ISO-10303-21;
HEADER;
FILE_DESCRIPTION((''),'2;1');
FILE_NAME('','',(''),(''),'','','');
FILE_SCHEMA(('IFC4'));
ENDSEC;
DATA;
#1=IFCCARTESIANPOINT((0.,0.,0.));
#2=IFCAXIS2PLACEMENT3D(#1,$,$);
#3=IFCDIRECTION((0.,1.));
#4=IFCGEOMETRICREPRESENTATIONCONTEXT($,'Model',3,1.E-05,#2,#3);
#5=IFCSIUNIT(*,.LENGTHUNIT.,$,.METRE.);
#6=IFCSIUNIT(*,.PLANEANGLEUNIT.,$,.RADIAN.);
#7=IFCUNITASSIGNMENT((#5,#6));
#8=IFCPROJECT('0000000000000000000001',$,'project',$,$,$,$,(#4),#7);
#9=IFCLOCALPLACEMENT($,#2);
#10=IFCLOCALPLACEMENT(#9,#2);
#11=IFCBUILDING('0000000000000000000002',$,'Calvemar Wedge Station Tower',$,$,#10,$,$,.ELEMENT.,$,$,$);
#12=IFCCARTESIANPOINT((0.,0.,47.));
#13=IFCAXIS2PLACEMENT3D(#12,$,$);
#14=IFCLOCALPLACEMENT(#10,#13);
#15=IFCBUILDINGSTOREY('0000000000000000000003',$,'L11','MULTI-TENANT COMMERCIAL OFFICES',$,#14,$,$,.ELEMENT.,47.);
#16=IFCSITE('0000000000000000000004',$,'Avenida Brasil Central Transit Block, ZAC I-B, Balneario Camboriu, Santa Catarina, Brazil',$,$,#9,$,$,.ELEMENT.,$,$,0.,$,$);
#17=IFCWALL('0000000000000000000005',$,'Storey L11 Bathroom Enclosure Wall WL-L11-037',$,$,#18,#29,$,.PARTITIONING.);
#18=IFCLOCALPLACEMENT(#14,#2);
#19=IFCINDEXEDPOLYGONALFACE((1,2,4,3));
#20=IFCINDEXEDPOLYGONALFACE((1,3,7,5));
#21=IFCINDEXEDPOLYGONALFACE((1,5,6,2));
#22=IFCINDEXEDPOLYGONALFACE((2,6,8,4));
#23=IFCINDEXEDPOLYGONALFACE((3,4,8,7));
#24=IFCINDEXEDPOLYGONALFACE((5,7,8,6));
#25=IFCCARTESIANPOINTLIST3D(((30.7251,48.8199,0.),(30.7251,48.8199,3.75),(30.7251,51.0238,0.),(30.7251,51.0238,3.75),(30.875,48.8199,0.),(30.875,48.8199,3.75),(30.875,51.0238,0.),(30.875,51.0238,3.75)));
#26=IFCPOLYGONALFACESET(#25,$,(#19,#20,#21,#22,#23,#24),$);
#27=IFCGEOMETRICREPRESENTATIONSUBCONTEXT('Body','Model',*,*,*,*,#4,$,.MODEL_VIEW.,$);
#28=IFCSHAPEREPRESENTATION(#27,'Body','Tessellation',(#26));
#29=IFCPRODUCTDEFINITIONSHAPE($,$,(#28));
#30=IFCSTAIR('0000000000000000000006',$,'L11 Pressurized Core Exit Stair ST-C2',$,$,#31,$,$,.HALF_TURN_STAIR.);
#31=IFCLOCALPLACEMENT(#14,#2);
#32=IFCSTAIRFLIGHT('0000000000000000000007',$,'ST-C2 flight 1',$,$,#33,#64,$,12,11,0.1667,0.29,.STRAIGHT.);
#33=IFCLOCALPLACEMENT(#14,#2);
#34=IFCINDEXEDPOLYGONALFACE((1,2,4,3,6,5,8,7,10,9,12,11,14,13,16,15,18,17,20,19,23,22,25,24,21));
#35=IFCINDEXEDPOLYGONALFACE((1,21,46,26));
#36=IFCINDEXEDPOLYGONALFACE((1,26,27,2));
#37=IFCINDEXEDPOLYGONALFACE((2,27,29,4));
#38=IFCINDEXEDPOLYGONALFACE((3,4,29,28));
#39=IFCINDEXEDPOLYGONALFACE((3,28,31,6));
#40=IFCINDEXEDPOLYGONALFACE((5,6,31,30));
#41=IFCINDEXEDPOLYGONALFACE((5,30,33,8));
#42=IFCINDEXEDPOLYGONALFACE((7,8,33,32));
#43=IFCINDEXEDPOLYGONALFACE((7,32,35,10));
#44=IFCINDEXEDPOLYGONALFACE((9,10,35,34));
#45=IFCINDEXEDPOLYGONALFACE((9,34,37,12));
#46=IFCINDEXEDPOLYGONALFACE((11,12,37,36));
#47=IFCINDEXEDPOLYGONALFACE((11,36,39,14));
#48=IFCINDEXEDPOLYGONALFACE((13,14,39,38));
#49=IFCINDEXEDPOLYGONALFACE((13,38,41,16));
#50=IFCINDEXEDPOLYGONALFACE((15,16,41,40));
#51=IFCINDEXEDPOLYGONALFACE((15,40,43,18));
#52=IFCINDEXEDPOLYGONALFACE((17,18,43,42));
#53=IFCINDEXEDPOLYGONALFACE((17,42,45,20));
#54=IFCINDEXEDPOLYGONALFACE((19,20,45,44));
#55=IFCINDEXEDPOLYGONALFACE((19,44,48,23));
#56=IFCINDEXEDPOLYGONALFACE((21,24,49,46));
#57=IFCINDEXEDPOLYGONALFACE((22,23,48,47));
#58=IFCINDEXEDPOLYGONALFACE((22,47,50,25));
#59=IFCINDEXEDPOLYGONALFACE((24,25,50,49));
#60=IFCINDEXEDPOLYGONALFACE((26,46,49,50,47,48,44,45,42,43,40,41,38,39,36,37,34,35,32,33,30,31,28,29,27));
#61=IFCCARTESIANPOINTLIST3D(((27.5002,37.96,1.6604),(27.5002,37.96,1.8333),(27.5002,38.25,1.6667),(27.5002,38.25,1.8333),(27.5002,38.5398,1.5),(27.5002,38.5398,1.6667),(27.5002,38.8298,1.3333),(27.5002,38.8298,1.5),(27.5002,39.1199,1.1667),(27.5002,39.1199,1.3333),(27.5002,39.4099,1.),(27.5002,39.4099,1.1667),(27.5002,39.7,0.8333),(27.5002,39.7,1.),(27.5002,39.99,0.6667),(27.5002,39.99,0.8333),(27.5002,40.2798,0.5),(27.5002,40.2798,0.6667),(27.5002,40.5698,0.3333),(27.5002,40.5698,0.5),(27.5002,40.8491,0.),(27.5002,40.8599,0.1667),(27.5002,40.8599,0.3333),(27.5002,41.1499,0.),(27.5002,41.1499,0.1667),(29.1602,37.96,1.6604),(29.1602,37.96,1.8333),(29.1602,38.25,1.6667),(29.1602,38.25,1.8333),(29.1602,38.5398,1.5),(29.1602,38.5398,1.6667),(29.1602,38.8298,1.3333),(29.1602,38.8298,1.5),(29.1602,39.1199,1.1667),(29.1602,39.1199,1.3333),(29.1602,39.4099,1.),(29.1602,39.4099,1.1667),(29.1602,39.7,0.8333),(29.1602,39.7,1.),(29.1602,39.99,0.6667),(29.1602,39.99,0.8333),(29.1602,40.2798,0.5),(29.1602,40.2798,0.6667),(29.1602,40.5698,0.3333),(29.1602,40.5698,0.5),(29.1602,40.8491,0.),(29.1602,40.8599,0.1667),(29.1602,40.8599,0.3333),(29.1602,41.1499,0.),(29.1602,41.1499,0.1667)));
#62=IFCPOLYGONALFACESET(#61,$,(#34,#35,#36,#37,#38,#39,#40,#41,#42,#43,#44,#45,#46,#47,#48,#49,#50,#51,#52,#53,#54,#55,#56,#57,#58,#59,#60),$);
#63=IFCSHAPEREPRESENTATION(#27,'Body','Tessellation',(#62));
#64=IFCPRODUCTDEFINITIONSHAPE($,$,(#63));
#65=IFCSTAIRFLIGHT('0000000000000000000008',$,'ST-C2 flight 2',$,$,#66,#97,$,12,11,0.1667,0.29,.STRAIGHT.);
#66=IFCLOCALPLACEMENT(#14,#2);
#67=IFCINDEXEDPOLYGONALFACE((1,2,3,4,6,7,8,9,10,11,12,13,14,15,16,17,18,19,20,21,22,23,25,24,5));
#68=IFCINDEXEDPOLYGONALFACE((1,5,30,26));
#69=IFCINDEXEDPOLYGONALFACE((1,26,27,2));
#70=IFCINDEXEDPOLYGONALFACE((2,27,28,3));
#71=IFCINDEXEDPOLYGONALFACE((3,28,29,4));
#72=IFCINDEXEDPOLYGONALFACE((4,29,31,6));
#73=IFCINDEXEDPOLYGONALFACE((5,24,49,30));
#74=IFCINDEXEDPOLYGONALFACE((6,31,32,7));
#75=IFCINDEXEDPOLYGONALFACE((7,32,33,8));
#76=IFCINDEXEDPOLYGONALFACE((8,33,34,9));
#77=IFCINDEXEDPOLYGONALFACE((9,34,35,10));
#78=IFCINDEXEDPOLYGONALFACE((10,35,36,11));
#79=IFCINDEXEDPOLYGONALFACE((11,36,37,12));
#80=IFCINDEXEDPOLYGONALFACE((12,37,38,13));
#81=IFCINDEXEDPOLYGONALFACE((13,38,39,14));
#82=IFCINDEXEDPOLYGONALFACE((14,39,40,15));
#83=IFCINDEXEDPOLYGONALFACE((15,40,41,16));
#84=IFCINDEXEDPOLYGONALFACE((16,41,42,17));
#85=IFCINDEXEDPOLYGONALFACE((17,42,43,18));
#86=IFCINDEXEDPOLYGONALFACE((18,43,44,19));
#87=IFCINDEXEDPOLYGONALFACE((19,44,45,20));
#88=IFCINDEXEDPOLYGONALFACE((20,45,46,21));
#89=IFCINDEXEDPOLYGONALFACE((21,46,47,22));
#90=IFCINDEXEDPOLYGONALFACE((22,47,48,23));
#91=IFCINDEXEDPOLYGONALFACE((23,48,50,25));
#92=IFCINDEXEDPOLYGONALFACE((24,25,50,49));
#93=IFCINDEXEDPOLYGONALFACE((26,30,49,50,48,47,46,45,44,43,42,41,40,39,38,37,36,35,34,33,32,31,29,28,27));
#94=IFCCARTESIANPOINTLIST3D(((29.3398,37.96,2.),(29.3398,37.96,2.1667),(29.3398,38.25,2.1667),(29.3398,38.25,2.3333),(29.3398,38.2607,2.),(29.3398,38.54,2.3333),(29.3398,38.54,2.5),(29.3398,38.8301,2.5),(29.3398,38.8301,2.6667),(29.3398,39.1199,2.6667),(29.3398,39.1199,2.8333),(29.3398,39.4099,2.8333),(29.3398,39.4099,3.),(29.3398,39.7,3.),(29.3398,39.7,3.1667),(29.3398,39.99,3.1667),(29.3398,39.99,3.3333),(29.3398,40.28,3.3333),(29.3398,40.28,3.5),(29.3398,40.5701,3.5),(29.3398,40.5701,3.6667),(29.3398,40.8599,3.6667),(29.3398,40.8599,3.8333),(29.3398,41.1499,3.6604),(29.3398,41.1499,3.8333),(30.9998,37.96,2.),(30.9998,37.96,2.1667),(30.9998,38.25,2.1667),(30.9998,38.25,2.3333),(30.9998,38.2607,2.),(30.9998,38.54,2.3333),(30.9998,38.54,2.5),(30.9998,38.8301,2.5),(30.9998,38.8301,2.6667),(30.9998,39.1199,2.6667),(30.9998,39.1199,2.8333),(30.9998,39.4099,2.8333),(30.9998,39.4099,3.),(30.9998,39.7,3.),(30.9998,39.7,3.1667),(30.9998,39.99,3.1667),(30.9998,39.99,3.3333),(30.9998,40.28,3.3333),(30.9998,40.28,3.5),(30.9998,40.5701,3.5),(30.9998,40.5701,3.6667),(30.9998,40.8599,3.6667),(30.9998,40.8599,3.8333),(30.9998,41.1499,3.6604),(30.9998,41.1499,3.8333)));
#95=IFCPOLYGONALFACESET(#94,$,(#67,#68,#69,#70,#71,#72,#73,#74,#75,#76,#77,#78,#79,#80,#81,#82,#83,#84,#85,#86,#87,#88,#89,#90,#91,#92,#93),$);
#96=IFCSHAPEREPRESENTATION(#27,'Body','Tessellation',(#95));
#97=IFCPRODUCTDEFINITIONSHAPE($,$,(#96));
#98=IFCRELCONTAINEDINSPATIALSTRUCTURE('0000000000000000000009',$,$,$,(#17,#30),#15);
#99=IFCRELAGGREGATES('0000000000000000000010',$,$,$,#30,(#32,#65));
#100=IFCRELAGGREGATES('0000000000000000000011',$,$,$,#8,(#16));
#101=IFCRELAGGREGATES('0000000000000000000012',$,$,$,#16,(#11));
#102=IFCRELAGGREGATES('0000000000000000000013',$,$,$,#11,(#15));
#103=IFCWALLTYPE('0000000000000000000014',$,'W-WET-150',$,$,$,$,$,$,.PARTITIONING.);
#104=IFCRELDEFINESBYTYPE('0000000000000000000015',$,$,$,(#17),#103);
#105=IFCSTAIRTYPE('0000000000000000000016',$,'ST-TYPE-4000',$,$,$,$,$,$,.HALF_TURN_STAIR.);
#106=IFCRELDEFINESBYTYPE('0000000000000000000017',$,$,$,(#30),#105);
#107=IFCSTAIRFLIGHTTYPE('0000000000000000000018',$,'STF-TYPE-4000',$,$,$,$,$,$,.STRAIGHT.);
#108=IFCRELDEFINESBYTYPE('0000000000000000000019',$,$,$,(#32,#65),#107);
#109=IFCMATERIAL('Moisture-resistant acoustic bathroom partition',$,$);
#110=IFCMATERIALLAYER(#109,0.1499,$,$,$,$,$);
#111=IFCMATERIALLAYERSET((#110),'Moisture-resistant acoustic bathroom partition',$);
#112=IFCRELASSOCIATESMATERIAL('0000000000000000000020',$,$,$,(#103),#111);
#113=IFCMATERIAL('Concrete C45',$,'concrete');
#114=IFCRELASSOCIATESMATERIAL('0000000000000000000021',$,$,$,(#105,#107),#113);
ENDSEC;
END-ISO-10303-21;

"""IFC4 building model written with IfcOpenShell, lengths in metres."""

from ifc_helpers import new_model, si_unit, direction, frame, frame_2d, origin, place, context, subcontext, project, spatial, polyline, rectangle, outline, extrude, material, layer, layer_set, type_object, element, aggregate, save


model = new_model("IFC4")

# Units and contexts
model_context = context("Model", 3, precision=1e-05, world=origin(), true_north=direction((0.0, 1.0)))
body_context = subcontext(model_context, "Body", "Model", "MODEL_VIEW")
ifc_project = project(units=[si_unit("LENGTHUNIT", "METRE"), si_unit("PLANEANGLEUNIT", "RADIAN")], contexts=[model_context])

# Site, building, storey
site_placement = place(None, origin())
site = spatial("IfcSite", under=ifc_project, at=site_placement, Name="Avenida Brasil Central Transit Block, ZAC I-B, Balneario Camboriu, Santa Catarina, Brazil", CompositionType="ELEMENT", RefElevation=0.0)
building_placement = place(site_placement, origin())
building = spatial("IfcBuilding", under=site, at=building_placement, Name="Calvemar Wedge Station Tower", CompositionType="ELEMENT")
storey_placement = place(building_placement, frame((0.0, 0.0, 47.0)))
storey = spatial("IfcBuildingStorey", under=building, at=storey_placement, Name="L11", Description="MULTI-TENANT COMMERCIAL OFFICES", CompositionType="ELEMENT", Elevation=47.0)

# Wall
ifc_material_1 = material(Name="Moisture-resistant acoustic bathroom partition")
ifc_layer_1 = layer(ifc_material_1, 0.1499)
ifc_layer_set_1 = layer_set([ifc_layer_1], Name="Moisture-resistant acoustic bathroom partition")
wall_type_1 = type_object("IfcWallType", Name="W-WET-150", PredefinedType="PARTITIONING", material=ifc_layer_set_1)
wall_1_placement = place(storey_placement, frame((30.8, 51.0239, 0.0), z_axis=(0.0, 0.0, 1.0), x_axis=(0.0, -1.0, 0.0)))
element("IfcWall", 1, at=wall_1_placement, inside=storey, type_object=wall_type_1, Name="Storey L11 Bathroom Enclosure Wall WL-L11-037", PredefinedType="PARTITIONING", context=body_context, shape_type="SweptSolid", body=[
    extrude(rectangle(XDim=2.2039, YDim=0.1499, at=frame_2d((1.1021, 0.0))), origin(), (0.0, 0.0, 1.0), 3.75),
])

# Stair, stair flights
ifc_material_2 = material(Name="Concrete C45", Category="concrete")
stair_type = type_object("IfcStairType", Name="ST-TYPE-4000", PredefinedType="HALF_TURN_STAIR", material=ifc_material_2)
stair_placement = place(storey_placement, origin())
stair = element("IfcStair", 2, at=stair_placement, inside=storey, type_object=stair_type, Name="L11 Pressurized Core Exit Stair ST-C2", PredefinedType="HALF_TURN_STAIR")
stair_flight_type = type_object("IfcStairFlightType", Name="STF-TYPE-4000", PredefinedType="STRAIGHT", material=ifc_material_2)
stair_flight_1_placement = place(storey_placement, frame((28.3301, 41.1499, 0.0), z_axis=(0.0, 0.0, 1.0), x_axis=(0.0, -1.0, 0.0)))
stair_flight_1 = element("IfcStairFlight", 3, at=stair_flight_1_placement, type_object=stair_flight_type, Name="ST-C2 flight 1", NumberOfRisers=12, NumberOfTreads=11, PredefinedType="STRAIGHT", RiserHeight=0.1667, TreadLength=0.29, context=body_context, shape_type="SweptSolid", body=[
    extrude(outline(polyline([(0.0, 0.0), (0.0, 0.1667), (0.29, 0.1667), (0.29, 0.3333), (0.5801, 0.3333), (0.5801, 0.5), (0.8701, 0.5), (0.8701, 0.6667), (1.1599, 0.6667), (1.1599, 0.8333), (1.45, 0.8333), (1.45, 1.0), (1.74, 1.0), (1.74, 1.1667), (2.03, 1.1667), (2.03, 1.3333), (2.3201, 1.3333), (2.3201, 1.5), (2.6101, 1.5), (2.6101, 1.6667), (2.8999, 1.6667), (2.8999, 1.8333), (3.1899, 1.8333), (3.1899, 2.0), (3.1899, 1.6604), (0.3008, 0.0), (0.0, 0.0)])), frame((0.0, 0.8301, 0.0), z_axis=(0.0, -1.0, 0.0), x_axis=(1.0, 0.0, 0.0)), (0.0, 0.0, 1.0), 1.6599),
])
stair_flight_2_placement = place(storey_placement, frame((30.1699, 37.96, 2.0), z_axis=(0.0, 0.0, 1.0), x_axis=(0.0, 1.0, 0.0)))
stair_flight_2 = element("IfcStairFlight", 4, at=stair_flight_2_placement, type_object=stair_flight_type, Name="ST-C2 flight 2", NumberOfRisers=12, NumberOfTreads=11, PredefinedType="STRAIGHT", RiserHeight=0.1667, TreadLength=0.29, context=body_context, shape_type="SweptSolid", body=[
    extrude(outline(polyline([(0.0, 0.0), (0.0, 0.1667), (0.29, 0.1667), (0.29, 0.3333), (0.5801, 0.3333), (0.5801, 0.5), (0.8701, 0.5), (0.8701, 0.6667), (1.1599, 0.6667), (1.1599, 0.8333), (1.45, 0.8333), (1.45, 1.0), (1.74, 1.0), (1.74, 1.1667), (2.03, 1.1667), (2.03, 1.3333), (2.3201, 1.3333), (2.3201, 1.5), (2.6101, 1.5), (2.6101, 1.6667), (2.8999, 1.6667), (2.8999, 1.8333), (3.1899, 1.8333), (3.1899, 2.0), (3.1899, 1.6604), (0.3008, 0.0), (0.0, 0.0)])), frame((0.0, 0.8301, 0.0), z_axis=(0.0, -1.0, 0.0), x_axis=(1.0, 0.0, 0.0)), (0.0, 0.0, 1.0), 1.6599),
])
aggregate(stair, [stair_flight_1, stair_flight_2])

save(model, "model.ifc")
